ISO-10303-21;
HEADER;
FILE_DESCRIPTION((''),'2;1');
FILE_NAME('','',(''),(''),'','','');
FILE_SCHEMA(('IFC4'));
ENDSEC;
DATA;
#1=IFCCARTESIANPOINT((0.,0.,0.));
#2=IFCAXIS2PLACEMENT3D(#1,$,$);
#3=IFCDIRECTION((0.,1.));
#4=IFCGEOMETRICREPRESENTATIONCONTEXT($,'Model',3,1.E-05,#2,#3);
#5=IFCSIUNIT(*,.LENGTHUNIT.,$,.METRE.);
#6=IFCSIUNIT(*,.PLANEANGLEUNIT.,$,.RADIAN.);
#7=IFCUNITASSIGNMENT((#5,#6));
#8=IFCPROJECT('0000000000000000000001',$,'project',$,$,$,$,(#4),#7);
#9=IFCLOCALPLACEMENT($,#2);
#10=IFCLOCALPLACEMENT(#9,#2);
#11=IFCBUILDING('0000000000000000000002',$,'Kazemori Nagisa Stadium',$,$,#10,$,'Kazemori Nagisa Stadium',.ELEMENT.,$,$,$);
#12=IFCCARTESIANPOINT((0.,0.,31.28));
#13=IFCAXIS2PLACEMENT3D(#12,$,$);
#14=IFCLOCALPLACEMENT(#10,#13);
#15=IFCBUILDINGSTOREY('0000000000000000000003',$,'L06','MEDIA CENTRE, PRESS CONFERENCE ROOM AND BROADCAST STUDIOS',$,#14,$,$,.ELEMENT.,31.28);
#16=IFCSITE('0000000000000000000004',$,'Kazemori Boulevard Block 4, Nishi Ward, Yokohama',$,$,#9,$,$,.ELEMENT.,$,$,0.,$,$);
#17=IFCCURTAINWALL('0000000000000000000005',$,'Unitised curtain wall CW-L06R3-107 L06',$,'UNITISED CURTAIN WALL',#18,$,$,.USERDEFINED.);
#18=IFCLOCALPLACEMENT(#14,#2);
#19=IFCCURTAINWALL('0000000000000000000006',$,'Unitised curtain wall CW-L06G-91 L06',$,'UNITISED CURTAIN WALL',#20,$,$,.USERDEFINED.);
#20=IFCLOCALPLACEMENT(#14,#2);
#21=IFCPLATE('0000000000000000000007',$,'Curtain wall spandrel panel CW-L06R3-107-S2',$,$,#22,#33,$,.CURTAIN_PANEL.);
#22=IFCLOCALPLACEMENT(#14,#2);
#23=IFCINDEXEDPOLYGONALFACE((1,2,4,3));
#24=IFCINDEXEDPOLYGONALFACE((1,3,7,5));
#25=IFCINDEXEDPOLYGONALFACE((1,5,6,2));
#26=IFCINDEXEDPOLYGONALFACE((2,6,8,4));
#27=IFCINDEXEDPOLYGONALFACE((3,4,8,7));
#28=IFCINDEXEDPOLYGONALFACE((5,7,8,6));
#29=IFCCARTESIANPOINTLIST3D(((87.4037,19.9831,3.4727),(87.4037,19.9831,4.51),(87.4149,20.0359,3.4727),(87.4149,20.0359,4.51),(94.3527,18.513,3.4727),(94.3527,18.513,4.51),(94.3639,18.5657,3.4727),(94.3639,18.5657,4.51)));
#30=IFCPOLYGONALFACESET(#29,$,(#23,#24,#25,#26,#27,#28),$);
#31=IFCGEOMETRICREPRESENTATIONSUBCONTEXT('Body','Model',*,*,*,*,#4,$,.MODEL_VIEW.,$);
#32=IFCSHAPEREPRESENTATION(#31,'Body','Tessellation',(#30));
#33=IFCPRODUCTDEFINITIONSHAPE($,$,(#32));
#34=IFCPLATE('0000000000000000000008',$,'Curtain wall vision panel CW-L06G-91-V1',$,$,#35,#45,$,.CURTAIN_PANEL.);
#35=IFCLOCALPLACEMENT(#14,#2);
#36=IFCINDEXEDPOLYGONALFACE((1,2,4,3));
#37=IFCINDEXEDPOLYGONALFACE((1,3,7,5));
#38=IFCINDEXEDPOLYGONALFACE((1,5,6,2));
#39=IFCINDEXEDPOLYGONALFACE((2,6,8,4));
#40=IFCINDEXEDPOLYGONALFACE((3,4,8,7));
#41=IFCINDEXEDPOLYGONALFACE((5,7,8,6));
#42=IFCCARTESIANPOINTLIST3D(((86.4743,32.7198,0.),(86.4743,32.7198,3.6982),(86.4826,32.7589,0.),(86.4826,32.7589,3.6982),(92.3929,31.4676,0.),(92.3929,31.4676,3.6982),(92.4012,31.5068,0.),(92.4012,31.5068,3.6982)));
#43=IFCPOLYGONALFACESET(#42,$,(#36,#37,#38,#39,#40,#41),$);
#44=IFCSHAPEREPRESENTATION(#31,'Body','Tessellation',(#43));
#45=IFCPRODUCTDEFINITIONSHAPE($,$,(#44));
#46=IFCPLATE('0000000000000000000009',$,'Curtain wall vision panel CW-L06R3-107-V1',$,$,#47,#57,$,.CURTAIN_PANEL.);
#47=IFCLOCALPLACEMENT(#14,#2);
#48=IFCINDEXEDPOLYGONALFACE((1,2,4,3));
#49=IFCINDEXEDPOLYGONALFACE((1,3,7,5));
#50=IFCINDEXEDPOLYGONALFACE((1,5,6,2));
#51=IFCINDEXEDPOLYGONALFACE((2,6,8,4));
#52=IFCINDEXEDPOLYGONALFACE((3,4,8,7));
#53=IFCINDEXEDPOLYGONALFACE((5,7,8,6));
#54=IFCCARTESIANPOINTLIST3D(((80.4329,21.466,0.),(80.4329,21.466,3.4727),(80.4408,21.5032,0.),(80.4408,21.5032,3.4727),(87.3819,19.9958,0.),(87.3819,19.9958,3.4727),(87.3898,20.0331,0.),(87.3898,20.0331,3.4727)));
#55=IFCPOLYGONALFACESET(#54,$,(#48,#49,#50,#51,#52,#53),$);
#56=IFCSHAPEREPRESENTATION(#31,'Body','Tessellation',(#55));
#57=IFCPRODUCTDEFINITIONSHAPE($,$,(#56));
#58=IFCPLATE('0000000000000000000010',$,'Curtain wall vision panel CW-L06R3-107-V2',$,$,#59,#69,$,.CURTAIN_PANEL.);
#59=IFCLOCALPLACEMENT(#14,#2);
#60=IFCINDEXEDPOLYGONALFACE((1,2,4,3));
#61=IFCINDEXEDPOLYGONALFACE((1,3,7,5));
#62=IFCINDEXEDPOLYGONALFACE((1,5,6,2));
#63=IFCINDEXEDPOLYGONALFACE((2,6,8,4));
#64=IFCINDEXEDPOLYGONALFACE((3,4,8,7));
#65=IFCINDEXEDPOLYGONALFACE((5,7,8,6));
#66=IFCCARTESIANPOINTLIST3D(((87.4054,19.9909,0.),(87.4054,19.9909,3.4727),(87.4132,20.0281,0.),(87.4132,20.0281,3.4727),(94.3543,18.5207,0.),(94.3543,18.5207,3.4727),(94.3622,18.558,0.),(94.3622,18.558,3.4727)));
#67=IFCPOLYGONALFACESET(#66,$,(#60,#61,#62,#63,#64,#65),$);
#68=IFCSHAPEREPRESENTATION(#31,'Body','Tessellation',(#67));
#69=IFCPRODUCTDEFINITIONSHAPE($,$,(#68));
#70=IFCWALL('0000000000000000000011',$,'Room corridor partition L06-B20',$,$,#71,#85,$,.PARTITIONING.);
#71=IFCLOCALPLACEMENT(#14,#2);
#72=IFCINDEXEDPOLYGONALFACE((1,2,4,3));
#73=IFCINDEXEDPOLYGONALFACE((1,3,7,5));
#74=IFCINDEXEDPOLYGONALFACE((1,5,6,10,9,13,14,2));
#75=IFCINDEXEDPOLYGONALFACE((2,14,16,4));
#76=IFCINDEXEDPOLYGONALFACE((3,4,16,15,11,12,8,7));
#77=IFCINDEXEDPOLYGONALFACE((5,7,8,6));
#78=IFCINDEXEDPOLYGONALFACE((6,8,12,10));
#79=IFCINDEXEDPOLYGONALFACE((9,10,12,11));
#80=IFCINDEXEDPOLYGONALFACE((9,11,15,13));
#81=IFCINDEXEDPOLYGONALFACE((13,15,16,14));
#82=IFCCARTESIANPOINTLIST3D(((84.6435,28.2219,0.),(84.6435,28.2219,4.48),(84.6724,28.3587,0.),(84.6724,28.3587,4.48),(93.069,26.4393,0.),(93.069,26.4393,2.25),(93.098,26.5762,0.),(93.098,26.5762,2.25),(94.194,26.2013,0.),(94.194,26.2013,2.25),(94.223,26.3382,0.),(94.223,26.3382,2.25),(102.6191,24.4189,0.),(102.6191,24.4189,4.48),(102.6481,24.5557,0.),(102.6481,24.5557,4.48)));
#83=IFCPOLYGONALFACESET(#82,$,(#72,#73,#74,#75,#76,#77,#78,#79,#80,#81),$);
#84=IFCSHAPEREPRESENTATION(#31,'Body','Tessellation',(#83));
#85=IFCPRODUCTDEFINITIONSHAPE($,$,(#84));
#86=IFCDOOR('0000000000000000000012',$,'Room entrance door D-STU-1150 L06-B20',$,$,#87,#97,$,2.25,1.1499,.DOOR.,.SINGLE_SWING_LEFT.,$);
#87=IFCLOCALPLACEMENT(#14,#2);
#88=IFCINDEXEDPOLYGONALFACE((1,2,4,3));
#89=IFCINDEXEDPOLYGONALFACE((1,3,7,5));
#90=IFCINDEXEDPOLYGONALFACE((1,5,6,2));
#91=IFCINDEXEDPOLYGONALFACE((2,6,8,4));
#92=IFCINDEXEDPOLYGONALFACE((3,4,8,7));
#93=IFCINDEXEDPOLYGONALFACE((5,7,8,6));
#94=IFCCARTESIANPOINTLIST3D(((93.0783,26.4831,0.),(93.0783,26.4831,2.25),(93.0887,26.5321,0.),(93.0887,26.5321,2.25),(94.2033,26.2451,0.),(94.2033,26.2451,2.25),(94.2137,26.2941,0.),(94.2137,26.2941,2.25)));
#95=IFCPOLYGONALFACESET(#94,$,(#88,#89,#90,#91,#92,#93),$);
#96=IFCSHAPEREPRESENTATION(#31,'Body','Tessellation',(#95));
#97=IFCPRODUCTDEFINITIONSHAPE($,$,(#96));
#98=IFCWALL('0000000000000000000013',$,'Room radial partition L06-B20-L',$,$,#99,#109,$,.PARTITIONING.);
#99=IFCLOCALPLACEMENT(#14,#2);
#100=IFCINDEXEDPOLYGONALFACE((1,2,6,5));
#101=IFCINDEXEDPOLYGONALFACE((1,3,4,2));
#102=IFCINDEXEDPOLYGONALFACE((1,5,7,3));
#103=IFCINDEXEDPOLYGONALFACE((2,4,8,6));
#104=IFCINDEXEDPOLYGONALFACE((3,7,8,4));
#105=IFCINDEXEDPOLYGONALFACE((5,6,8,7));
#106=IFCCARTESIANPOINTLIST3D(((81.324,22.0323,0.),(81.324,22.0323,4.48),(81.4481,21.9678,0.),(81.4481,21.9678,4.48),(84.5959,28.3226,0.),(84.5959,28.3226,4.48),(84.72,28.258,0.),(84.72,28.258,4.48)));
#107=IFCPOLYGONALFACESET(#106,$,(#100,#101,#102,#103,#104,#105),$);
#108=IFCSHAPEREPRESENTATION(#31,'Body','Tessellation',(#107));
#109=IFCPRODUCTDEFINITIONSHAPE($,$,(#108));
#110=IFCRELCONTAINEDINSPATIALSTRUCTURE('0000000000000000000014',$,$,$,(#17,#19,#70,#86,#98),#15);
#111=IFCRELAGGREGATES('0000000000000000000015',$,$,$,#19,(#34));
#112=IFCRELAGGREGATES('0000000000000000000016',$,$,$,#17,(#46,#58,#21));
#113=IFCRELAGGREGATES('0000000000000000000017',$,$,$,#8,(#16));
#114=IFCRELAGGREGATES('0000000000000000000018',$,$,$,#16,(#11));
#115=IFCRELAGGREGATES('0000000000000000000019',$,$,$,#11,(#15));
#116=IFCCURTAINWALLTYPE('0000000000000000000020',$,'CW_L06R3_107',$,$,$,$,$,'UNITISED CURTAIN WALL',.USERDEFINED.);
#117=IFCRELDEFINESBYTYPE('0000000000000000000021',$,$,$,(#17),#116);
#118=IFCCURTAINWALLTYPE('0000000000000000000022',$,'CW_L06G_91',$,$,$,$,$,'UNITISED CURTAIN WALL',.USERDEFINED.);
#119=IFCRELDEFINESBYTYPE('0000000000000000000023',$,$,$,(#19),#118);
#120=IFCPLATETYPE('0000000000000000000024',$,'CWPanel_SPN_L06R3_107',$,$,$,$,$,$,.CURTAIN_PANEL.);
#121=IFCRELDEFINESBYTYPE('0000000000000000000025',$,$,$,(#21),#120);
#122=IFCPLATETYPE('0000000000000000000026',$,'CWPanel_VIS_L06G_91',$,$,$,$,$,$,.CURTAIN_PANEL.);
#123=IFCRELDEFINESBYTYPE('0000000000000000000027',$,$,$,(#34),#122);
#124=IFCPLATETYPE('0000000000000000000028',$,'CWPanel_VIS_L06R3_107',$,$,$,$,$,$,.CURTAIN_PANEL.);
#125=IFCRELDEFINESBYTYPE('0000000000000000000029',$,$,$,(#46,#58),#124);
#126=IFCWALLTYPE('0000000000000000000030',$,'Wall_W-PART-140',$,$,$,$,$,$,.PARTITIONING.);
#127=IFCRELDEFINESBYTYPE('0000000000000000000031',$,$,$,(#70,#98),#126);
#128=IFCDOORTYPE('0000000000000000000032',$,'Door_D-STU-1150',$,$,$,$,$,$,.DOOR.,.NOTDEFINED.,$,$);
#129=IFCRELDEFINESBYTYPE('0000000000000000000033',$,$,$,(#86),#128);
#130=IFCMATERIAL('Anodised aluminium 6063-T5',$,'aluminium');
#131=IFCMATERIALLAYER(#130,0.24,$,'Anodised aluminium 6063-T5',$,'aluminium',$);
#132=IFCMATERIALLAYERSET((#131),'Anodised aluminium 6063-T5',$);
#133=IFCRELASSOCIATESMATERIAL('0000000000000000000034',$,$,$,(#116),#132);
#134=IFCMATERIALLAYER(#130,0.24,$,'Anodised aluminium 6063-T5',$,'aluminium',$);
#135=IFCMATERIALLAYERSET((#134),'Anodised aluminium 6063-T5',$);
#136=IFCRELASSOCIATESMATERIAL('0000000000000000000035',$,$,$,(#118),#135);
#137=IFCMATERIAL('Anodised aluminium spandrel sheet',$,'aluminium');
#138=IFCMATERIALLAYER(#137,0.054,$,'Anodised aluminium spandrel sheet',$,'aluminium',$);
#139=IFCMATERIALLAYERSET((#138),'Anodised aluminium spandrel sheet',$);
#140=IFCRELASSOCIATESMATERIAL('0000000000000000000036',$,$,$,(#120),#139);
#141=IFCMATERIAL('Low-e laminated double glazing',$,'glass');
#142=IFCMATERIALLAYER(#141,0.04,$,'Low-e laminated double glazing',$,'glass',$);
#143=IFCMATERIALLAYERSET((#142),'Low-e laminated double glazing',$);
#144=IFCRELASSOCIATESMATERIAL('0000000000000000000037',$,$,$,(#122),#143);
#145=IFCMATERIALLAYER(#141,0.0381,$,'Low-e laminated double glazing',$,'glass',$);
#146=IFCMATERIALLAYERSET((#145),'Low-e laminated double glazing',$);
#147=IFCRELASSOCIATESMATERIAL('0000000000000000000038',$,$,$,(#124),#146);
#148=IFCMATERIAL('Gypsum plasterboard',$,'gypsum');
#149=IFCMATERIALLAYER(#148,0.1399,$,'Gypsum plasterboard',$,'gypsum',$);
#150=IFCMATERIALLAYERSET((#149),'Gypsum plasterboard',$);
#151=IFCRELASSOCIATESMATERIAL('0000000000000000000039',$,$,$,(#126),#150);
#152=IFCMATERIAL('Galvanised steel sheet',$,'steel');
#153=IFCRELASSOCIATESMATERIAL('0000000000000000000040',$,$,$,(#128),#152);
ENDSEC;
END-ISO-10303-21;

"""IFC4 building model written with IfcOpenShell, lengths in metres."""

from ifc_helpers import new_model, si_unit, direction, frame, frame_2d, origin, origin_2d, place, context, subcontext, project, spatial, rectangle, extrude, material, layer, layer_set, type_object, element, fill, aggregate, save


model = new_model("IFC4")

# Units and contexts
model_context = context("Model", 3, precision=1e-05, world=origin(), true_north=direction((0.0, 1.0)))
body_context = subcontext(model_context, "Body", "Model", "MODEL_VIEW")
ifc_project = project(units=[si_unit("LENGTHUNIT", "METRE"), si_unit("PLANEANGLEUNIT", "RADIAN")], contexts=[model_context])

# Site, building, storey
site_placement = place(None, origin())
site = spatial("IfcSite", under=ifc_project, at=site_placement, Name="Kazemori Boulevard Block 4, Nishi Ward, Yokohama", CompositionType="ELEMENT", RefElevation=0.0)
building_placement = place(site_placement, origin())
building = spatial("IfcBuilding", under=site, at=building_placement, Name="Kazemori Nagisa Stadium", LongName="Kazemori Nagisa Stadium", CompositionType="ELEMENT")
storey_placement = place(building_placement, frame((0.0, 0.0, 31.28)))
storey = spatial("IfcBuildingStorey", under=building, at=storey_placement, Name="L06", Description="MEDIA CENTRE, PRESS CONFERENCE ROOM AND BROADCAST STUDIOS", CompositionType="ELEMENT", Elevation=31.28)

# Curtain wall
ifc_material_1 = material(Name="Anodised aluminium 6063-T5", Category="aluminium")
ifc_layer_1 = layer(ifc_material_1, 0.24, Name="Anodised aluminium 6063-T5", Category="aluminium")
ifc_layer_set_1 = layer_set([ifc_layer_1], Name="Anodised aluminium 6063-T5")
curtain_wall_type_1 = type_object("IfcCurtainWallType", Name="CW_L06R3_107", ElementType="UNITISED CURTAIN WALL", PredefinedType="USERDEFINED", material=ifc_layer_set_1)
curtain_wall_1_placement = place(storey_placement, origin())
curtain_wall_1 = element("IfcCurtainWall", 1, at=curtain_wall_1_placement, inside=storey, type_object=curtain_wall_type_1, Name="Unitised curtain wall CW-L06R3-107 L06", ObjectType="UNITISED CURTAIN WALL", PredefinedType="USERDEFINED")

# Curtain wall
ifc_layer_2 = layer(ifc_material_1, 0.24, Name="Anodised aluminium 6063-T5", Category="aluminium")
ifc_layer_set_2 = layer_set([ifc_layer_2], Name="Anodised aluminium 6063-T5")
curtain_wall_type_2 = type_object("IfcCurtainWallType", Name="CW_L06G_91", ElementType="UNITISED CURTAIN WALL", PredefinedType="USERDEFINED", material=ifc_layer_set_2)
curtain_wall_2_placement = place(storey_placement, origin())
curtain_wall_2 = element("IfcCurtainWall", 2, at=curtain_wall_2_placement, inside=storey, type_object=curtain_wall_type_2, Name="Unitised curtain wall CW-L06G-91 L06", ObjectType="UNITISED CURTAIN WALL", PredefinedType="USERDEFINED")

# Plates
ifc_material_2 = material(Name="Anodised aluminium spandrel sheet", Category="aluminium")
ifc_layer_3 = layer(ifc_material_2, 0.054, Name="Anodised aluminium spandrel sheet", Category="aluminium")
ifc_layer_set_3 = layer_set([ifc_layer_3], Name="Anodised aluminium spandrel sheet")
plate_type_1 = type_object("IfcPlateType", Name="CWPanel_SPN_L06R3_107", PredefinedType="CURTAIN_PANEL", material=ifc_layer_set_3)
plate_1_placement = place(storey_placement, frame((90.8838, 19.2744, 3.4727), z_axis=(0.0, 0.0, 1.0), x_axis=(0.978345, -0.206981, 0.0)))
plate_1 = element("IfcPlate", 3, at=plate_1_placement, type_object=plate_type_1, Name="Curtain wall spandrel panel CW-L06R3-107-S2", PredefinedType="CURTAIN_PANEL", context=body_context, shape_type="SweptSolid", body=[
    extrude(rectangle(XDim=7.1028, YDim=0.054, at=origin_2d()), origin(), (0.0, 0.0, 1.0), 1.0374),
])
ifc_material_3 = material(Name="Low-e laminated double glazing", Category="glass")
ifc_layer_4 = layer(ifc_material_3, 0.04, Name="Low-e laminated double glazing", Category="glass")
ifc_layer_set_4 = layer_set([ifc_layer_4], Name="Low-e laminated double glazing")
plate_type_2 = type_object("IfcPlateType", Name="CWPanel_VIS_L06G_91", PredefinedType="CURTAIN_PANEL", material=ifc_layer_set_4)
plate_2_placement = place(storey_placement, frame((89.4377, 32.1133, 0.0), z_axis=(0.0, 0.0, 1.0), x_axis=(0.978345, -0.206981, 0.0)))
plate_2 = element("IfcPlate", 4, at=plate_2_placement, type_object=plate_type_2, Name="Curtain wall vision panel CW-L06G-91-V1", PredefinedType="CURTAIN_PANEL", context=body_context, shape_type="SweptSolid", body=[
    extrude(rectangle(XDim=6.0496, YDim=0.04, at=origin_2d()), origin(), (0.0, 0.0, 1.0), 3.6982),
])
aggregate(curtain_wall_2, [plate_2])
ifc_layer_5 = layer(ifc_material_3, 0.0381, Name="Low-e laminated double glazing", Category="glass")
ifc_layer_set_5 = layer_set([ifc_layer_5], Name="Low-e laminated double glazing")
plate_type_3 = type_object("IfcPlateType", Name="CWPanel_VIS_L06R3_107", PredefinedType="CURTAIN_PANEL", material=ifc_layer_set_5)
plate_3_placement = place(storey_placement, frame((83.9114, 20.7495, 0.0), z_axis=(0.0, 0.0, 1.0), x_axis=(0.978345, -0.206981, 0.0)))
plate_3 = element("IfcPlate", 5, at=plate_3_placement, type_object=plate_type_3, Name="Curtain wall vision panel CW-L06R3-107-V1", PredefinedType="CURTAIN_PANEL", context=body_context, shape_type="SweptSolid", body=[
    extrude(rectangle(XDim=7.1028, YDim=0.0381, at=origin_2d()), origin(), (0.0, 0.0, 1.0), 3.4727),
])
plate_4_placement = place(storey_placement, frame((90.8838, 19.2744, 0.0), z_axis=(0.0, 0.0, 1.0), x_axis=(0.978345, -0.206981, 0.0)))
plate_4 = element("IfcPlate", 6, at=plate_4_placement, type_object=plate_type_3, Name="Curtain wall vision panel CW-L06R3-107-V2", PredefinedType="CURTAIN_PANEL", context=body_context, shape_type="SweptSolid", body=[
    extrude(rectangle(XDim=7.1028, YDim=0.0381, at=origin_2d()), origin(), (0.0, 0.0, 1.0), 3.4727),
])
aggregate(curtain_wall_1, [plate_3, plate_4, plate_1])

# Wall, opening, door
ifc_material_4 = material(Name="Gypsum plasterboard", Category="gypsum")
ifc_layer_6 = layer(ifc_material_4, 0.1399, Name="Gypsum plasterboard", Category="gypsum")
ifc_layer_set_6 = layer_set([ifc_layer_6], Name="Gypsum plasterboard")
wall_type = type_object("IfcWallType", Name="Wall_W-PART-140", PredefinedType="PARTITIONING", material=ifc_layer_set_6)
wall_1_placement = place(storey_placement, frame((84.658, 28.2903, 0.0), z_axis=(0.0, 0.0, 1.0), x_axis=(0.978345, -0.206982, 0.0)))
wall_1 = element("IfcWall", 7, at=wall_1_placement, inside=storey, type_object=wall_type, Name="Room corridor partition L06-B20", PredefinedType="PARTITIONING", context=body_context, shape_type="SweptSolid", body=[
    extrude(rectangle(XDim=18.3735, YDim=0.1399, at=frame_2d((9.1868, 0.0))), origin(), (0.0, 0.0, 1.0), 4.48),
])
opening_placement = place(wall_1_placement, frame((8.6121, 0.0, 0.0)))
opening = element("IfcOpeningElement", 8, at=opening_placement, cuts=wall_1, PredefinedType="OPENING", context=body_context, shape_type="SweptSolid", body=[
    extrude(rectangle(XDim=1.1499, YDim=2.25, at=frame_2d((0.575, 1.125))), frame((0.0, 0.0798, 0.0), z_axis=(0.0, -1.0, 0.0), x_axis=(1.0, 0.0, 0.0)), (0.0, 0.0, 1.0), 0.1599),
])
ifc_material_5 = material(Name="Galvanised steel sheet", Category="steel")
door_type = type_object("IfcDoorType", Name="Door_D-STU-1150", OperationType="NOTDEFINED", PredefinedType="DOOR", material=ifc_material_5)
door_placement = place(opening_placement, origin())
door = element("IfcDoor", 9, at=door_placement, inside=storey, type_object=door_type, Name="Room entrance door D-STU-1150 L06-B20", OperationType="SINGLE_SWING_LEFT", OverallHeight=2.25, OverallWidth=1.1499, PredefinedType="DOOR", context=body_context, shape_type="SweptSolid", body=[
    extrude(rectangle(XDim=1.1499, YDim=2.25, at=frame_2d((0.575, 1.125))), frame((0.0, 0.0249, 0.0), z_axis=(0.0, -1.0, 0.0), x_axis=(1.0, 0.0, 0.0)), (0.0, 0.0, 1.0), 0.05),
])
fill(opening, door)

# Wall
wall_2_placement = place(storey_placement, frame((84.658, 28.2903, 0.0), z_axis=(0.0, 0.0, 1.0), x_axis=(-0.461467, -0.887158, 0.0)))
element("IfcWall", 10, at=wall_2_placement, inside=storey, type_object=wall_type, Name="Room radial partition L06-B20-L", PredefinedType="PARTITIONING", context=body_context, shape_type="SweptSolid", body=[
    extrude(rectangle(XDim=7.0903, YDim=0.1399, at=frame_2d((3.5452, 0.0))), origin(), (0.0, 0.0, 1.0), 4.48),
])

save(model, "model.ifc")
